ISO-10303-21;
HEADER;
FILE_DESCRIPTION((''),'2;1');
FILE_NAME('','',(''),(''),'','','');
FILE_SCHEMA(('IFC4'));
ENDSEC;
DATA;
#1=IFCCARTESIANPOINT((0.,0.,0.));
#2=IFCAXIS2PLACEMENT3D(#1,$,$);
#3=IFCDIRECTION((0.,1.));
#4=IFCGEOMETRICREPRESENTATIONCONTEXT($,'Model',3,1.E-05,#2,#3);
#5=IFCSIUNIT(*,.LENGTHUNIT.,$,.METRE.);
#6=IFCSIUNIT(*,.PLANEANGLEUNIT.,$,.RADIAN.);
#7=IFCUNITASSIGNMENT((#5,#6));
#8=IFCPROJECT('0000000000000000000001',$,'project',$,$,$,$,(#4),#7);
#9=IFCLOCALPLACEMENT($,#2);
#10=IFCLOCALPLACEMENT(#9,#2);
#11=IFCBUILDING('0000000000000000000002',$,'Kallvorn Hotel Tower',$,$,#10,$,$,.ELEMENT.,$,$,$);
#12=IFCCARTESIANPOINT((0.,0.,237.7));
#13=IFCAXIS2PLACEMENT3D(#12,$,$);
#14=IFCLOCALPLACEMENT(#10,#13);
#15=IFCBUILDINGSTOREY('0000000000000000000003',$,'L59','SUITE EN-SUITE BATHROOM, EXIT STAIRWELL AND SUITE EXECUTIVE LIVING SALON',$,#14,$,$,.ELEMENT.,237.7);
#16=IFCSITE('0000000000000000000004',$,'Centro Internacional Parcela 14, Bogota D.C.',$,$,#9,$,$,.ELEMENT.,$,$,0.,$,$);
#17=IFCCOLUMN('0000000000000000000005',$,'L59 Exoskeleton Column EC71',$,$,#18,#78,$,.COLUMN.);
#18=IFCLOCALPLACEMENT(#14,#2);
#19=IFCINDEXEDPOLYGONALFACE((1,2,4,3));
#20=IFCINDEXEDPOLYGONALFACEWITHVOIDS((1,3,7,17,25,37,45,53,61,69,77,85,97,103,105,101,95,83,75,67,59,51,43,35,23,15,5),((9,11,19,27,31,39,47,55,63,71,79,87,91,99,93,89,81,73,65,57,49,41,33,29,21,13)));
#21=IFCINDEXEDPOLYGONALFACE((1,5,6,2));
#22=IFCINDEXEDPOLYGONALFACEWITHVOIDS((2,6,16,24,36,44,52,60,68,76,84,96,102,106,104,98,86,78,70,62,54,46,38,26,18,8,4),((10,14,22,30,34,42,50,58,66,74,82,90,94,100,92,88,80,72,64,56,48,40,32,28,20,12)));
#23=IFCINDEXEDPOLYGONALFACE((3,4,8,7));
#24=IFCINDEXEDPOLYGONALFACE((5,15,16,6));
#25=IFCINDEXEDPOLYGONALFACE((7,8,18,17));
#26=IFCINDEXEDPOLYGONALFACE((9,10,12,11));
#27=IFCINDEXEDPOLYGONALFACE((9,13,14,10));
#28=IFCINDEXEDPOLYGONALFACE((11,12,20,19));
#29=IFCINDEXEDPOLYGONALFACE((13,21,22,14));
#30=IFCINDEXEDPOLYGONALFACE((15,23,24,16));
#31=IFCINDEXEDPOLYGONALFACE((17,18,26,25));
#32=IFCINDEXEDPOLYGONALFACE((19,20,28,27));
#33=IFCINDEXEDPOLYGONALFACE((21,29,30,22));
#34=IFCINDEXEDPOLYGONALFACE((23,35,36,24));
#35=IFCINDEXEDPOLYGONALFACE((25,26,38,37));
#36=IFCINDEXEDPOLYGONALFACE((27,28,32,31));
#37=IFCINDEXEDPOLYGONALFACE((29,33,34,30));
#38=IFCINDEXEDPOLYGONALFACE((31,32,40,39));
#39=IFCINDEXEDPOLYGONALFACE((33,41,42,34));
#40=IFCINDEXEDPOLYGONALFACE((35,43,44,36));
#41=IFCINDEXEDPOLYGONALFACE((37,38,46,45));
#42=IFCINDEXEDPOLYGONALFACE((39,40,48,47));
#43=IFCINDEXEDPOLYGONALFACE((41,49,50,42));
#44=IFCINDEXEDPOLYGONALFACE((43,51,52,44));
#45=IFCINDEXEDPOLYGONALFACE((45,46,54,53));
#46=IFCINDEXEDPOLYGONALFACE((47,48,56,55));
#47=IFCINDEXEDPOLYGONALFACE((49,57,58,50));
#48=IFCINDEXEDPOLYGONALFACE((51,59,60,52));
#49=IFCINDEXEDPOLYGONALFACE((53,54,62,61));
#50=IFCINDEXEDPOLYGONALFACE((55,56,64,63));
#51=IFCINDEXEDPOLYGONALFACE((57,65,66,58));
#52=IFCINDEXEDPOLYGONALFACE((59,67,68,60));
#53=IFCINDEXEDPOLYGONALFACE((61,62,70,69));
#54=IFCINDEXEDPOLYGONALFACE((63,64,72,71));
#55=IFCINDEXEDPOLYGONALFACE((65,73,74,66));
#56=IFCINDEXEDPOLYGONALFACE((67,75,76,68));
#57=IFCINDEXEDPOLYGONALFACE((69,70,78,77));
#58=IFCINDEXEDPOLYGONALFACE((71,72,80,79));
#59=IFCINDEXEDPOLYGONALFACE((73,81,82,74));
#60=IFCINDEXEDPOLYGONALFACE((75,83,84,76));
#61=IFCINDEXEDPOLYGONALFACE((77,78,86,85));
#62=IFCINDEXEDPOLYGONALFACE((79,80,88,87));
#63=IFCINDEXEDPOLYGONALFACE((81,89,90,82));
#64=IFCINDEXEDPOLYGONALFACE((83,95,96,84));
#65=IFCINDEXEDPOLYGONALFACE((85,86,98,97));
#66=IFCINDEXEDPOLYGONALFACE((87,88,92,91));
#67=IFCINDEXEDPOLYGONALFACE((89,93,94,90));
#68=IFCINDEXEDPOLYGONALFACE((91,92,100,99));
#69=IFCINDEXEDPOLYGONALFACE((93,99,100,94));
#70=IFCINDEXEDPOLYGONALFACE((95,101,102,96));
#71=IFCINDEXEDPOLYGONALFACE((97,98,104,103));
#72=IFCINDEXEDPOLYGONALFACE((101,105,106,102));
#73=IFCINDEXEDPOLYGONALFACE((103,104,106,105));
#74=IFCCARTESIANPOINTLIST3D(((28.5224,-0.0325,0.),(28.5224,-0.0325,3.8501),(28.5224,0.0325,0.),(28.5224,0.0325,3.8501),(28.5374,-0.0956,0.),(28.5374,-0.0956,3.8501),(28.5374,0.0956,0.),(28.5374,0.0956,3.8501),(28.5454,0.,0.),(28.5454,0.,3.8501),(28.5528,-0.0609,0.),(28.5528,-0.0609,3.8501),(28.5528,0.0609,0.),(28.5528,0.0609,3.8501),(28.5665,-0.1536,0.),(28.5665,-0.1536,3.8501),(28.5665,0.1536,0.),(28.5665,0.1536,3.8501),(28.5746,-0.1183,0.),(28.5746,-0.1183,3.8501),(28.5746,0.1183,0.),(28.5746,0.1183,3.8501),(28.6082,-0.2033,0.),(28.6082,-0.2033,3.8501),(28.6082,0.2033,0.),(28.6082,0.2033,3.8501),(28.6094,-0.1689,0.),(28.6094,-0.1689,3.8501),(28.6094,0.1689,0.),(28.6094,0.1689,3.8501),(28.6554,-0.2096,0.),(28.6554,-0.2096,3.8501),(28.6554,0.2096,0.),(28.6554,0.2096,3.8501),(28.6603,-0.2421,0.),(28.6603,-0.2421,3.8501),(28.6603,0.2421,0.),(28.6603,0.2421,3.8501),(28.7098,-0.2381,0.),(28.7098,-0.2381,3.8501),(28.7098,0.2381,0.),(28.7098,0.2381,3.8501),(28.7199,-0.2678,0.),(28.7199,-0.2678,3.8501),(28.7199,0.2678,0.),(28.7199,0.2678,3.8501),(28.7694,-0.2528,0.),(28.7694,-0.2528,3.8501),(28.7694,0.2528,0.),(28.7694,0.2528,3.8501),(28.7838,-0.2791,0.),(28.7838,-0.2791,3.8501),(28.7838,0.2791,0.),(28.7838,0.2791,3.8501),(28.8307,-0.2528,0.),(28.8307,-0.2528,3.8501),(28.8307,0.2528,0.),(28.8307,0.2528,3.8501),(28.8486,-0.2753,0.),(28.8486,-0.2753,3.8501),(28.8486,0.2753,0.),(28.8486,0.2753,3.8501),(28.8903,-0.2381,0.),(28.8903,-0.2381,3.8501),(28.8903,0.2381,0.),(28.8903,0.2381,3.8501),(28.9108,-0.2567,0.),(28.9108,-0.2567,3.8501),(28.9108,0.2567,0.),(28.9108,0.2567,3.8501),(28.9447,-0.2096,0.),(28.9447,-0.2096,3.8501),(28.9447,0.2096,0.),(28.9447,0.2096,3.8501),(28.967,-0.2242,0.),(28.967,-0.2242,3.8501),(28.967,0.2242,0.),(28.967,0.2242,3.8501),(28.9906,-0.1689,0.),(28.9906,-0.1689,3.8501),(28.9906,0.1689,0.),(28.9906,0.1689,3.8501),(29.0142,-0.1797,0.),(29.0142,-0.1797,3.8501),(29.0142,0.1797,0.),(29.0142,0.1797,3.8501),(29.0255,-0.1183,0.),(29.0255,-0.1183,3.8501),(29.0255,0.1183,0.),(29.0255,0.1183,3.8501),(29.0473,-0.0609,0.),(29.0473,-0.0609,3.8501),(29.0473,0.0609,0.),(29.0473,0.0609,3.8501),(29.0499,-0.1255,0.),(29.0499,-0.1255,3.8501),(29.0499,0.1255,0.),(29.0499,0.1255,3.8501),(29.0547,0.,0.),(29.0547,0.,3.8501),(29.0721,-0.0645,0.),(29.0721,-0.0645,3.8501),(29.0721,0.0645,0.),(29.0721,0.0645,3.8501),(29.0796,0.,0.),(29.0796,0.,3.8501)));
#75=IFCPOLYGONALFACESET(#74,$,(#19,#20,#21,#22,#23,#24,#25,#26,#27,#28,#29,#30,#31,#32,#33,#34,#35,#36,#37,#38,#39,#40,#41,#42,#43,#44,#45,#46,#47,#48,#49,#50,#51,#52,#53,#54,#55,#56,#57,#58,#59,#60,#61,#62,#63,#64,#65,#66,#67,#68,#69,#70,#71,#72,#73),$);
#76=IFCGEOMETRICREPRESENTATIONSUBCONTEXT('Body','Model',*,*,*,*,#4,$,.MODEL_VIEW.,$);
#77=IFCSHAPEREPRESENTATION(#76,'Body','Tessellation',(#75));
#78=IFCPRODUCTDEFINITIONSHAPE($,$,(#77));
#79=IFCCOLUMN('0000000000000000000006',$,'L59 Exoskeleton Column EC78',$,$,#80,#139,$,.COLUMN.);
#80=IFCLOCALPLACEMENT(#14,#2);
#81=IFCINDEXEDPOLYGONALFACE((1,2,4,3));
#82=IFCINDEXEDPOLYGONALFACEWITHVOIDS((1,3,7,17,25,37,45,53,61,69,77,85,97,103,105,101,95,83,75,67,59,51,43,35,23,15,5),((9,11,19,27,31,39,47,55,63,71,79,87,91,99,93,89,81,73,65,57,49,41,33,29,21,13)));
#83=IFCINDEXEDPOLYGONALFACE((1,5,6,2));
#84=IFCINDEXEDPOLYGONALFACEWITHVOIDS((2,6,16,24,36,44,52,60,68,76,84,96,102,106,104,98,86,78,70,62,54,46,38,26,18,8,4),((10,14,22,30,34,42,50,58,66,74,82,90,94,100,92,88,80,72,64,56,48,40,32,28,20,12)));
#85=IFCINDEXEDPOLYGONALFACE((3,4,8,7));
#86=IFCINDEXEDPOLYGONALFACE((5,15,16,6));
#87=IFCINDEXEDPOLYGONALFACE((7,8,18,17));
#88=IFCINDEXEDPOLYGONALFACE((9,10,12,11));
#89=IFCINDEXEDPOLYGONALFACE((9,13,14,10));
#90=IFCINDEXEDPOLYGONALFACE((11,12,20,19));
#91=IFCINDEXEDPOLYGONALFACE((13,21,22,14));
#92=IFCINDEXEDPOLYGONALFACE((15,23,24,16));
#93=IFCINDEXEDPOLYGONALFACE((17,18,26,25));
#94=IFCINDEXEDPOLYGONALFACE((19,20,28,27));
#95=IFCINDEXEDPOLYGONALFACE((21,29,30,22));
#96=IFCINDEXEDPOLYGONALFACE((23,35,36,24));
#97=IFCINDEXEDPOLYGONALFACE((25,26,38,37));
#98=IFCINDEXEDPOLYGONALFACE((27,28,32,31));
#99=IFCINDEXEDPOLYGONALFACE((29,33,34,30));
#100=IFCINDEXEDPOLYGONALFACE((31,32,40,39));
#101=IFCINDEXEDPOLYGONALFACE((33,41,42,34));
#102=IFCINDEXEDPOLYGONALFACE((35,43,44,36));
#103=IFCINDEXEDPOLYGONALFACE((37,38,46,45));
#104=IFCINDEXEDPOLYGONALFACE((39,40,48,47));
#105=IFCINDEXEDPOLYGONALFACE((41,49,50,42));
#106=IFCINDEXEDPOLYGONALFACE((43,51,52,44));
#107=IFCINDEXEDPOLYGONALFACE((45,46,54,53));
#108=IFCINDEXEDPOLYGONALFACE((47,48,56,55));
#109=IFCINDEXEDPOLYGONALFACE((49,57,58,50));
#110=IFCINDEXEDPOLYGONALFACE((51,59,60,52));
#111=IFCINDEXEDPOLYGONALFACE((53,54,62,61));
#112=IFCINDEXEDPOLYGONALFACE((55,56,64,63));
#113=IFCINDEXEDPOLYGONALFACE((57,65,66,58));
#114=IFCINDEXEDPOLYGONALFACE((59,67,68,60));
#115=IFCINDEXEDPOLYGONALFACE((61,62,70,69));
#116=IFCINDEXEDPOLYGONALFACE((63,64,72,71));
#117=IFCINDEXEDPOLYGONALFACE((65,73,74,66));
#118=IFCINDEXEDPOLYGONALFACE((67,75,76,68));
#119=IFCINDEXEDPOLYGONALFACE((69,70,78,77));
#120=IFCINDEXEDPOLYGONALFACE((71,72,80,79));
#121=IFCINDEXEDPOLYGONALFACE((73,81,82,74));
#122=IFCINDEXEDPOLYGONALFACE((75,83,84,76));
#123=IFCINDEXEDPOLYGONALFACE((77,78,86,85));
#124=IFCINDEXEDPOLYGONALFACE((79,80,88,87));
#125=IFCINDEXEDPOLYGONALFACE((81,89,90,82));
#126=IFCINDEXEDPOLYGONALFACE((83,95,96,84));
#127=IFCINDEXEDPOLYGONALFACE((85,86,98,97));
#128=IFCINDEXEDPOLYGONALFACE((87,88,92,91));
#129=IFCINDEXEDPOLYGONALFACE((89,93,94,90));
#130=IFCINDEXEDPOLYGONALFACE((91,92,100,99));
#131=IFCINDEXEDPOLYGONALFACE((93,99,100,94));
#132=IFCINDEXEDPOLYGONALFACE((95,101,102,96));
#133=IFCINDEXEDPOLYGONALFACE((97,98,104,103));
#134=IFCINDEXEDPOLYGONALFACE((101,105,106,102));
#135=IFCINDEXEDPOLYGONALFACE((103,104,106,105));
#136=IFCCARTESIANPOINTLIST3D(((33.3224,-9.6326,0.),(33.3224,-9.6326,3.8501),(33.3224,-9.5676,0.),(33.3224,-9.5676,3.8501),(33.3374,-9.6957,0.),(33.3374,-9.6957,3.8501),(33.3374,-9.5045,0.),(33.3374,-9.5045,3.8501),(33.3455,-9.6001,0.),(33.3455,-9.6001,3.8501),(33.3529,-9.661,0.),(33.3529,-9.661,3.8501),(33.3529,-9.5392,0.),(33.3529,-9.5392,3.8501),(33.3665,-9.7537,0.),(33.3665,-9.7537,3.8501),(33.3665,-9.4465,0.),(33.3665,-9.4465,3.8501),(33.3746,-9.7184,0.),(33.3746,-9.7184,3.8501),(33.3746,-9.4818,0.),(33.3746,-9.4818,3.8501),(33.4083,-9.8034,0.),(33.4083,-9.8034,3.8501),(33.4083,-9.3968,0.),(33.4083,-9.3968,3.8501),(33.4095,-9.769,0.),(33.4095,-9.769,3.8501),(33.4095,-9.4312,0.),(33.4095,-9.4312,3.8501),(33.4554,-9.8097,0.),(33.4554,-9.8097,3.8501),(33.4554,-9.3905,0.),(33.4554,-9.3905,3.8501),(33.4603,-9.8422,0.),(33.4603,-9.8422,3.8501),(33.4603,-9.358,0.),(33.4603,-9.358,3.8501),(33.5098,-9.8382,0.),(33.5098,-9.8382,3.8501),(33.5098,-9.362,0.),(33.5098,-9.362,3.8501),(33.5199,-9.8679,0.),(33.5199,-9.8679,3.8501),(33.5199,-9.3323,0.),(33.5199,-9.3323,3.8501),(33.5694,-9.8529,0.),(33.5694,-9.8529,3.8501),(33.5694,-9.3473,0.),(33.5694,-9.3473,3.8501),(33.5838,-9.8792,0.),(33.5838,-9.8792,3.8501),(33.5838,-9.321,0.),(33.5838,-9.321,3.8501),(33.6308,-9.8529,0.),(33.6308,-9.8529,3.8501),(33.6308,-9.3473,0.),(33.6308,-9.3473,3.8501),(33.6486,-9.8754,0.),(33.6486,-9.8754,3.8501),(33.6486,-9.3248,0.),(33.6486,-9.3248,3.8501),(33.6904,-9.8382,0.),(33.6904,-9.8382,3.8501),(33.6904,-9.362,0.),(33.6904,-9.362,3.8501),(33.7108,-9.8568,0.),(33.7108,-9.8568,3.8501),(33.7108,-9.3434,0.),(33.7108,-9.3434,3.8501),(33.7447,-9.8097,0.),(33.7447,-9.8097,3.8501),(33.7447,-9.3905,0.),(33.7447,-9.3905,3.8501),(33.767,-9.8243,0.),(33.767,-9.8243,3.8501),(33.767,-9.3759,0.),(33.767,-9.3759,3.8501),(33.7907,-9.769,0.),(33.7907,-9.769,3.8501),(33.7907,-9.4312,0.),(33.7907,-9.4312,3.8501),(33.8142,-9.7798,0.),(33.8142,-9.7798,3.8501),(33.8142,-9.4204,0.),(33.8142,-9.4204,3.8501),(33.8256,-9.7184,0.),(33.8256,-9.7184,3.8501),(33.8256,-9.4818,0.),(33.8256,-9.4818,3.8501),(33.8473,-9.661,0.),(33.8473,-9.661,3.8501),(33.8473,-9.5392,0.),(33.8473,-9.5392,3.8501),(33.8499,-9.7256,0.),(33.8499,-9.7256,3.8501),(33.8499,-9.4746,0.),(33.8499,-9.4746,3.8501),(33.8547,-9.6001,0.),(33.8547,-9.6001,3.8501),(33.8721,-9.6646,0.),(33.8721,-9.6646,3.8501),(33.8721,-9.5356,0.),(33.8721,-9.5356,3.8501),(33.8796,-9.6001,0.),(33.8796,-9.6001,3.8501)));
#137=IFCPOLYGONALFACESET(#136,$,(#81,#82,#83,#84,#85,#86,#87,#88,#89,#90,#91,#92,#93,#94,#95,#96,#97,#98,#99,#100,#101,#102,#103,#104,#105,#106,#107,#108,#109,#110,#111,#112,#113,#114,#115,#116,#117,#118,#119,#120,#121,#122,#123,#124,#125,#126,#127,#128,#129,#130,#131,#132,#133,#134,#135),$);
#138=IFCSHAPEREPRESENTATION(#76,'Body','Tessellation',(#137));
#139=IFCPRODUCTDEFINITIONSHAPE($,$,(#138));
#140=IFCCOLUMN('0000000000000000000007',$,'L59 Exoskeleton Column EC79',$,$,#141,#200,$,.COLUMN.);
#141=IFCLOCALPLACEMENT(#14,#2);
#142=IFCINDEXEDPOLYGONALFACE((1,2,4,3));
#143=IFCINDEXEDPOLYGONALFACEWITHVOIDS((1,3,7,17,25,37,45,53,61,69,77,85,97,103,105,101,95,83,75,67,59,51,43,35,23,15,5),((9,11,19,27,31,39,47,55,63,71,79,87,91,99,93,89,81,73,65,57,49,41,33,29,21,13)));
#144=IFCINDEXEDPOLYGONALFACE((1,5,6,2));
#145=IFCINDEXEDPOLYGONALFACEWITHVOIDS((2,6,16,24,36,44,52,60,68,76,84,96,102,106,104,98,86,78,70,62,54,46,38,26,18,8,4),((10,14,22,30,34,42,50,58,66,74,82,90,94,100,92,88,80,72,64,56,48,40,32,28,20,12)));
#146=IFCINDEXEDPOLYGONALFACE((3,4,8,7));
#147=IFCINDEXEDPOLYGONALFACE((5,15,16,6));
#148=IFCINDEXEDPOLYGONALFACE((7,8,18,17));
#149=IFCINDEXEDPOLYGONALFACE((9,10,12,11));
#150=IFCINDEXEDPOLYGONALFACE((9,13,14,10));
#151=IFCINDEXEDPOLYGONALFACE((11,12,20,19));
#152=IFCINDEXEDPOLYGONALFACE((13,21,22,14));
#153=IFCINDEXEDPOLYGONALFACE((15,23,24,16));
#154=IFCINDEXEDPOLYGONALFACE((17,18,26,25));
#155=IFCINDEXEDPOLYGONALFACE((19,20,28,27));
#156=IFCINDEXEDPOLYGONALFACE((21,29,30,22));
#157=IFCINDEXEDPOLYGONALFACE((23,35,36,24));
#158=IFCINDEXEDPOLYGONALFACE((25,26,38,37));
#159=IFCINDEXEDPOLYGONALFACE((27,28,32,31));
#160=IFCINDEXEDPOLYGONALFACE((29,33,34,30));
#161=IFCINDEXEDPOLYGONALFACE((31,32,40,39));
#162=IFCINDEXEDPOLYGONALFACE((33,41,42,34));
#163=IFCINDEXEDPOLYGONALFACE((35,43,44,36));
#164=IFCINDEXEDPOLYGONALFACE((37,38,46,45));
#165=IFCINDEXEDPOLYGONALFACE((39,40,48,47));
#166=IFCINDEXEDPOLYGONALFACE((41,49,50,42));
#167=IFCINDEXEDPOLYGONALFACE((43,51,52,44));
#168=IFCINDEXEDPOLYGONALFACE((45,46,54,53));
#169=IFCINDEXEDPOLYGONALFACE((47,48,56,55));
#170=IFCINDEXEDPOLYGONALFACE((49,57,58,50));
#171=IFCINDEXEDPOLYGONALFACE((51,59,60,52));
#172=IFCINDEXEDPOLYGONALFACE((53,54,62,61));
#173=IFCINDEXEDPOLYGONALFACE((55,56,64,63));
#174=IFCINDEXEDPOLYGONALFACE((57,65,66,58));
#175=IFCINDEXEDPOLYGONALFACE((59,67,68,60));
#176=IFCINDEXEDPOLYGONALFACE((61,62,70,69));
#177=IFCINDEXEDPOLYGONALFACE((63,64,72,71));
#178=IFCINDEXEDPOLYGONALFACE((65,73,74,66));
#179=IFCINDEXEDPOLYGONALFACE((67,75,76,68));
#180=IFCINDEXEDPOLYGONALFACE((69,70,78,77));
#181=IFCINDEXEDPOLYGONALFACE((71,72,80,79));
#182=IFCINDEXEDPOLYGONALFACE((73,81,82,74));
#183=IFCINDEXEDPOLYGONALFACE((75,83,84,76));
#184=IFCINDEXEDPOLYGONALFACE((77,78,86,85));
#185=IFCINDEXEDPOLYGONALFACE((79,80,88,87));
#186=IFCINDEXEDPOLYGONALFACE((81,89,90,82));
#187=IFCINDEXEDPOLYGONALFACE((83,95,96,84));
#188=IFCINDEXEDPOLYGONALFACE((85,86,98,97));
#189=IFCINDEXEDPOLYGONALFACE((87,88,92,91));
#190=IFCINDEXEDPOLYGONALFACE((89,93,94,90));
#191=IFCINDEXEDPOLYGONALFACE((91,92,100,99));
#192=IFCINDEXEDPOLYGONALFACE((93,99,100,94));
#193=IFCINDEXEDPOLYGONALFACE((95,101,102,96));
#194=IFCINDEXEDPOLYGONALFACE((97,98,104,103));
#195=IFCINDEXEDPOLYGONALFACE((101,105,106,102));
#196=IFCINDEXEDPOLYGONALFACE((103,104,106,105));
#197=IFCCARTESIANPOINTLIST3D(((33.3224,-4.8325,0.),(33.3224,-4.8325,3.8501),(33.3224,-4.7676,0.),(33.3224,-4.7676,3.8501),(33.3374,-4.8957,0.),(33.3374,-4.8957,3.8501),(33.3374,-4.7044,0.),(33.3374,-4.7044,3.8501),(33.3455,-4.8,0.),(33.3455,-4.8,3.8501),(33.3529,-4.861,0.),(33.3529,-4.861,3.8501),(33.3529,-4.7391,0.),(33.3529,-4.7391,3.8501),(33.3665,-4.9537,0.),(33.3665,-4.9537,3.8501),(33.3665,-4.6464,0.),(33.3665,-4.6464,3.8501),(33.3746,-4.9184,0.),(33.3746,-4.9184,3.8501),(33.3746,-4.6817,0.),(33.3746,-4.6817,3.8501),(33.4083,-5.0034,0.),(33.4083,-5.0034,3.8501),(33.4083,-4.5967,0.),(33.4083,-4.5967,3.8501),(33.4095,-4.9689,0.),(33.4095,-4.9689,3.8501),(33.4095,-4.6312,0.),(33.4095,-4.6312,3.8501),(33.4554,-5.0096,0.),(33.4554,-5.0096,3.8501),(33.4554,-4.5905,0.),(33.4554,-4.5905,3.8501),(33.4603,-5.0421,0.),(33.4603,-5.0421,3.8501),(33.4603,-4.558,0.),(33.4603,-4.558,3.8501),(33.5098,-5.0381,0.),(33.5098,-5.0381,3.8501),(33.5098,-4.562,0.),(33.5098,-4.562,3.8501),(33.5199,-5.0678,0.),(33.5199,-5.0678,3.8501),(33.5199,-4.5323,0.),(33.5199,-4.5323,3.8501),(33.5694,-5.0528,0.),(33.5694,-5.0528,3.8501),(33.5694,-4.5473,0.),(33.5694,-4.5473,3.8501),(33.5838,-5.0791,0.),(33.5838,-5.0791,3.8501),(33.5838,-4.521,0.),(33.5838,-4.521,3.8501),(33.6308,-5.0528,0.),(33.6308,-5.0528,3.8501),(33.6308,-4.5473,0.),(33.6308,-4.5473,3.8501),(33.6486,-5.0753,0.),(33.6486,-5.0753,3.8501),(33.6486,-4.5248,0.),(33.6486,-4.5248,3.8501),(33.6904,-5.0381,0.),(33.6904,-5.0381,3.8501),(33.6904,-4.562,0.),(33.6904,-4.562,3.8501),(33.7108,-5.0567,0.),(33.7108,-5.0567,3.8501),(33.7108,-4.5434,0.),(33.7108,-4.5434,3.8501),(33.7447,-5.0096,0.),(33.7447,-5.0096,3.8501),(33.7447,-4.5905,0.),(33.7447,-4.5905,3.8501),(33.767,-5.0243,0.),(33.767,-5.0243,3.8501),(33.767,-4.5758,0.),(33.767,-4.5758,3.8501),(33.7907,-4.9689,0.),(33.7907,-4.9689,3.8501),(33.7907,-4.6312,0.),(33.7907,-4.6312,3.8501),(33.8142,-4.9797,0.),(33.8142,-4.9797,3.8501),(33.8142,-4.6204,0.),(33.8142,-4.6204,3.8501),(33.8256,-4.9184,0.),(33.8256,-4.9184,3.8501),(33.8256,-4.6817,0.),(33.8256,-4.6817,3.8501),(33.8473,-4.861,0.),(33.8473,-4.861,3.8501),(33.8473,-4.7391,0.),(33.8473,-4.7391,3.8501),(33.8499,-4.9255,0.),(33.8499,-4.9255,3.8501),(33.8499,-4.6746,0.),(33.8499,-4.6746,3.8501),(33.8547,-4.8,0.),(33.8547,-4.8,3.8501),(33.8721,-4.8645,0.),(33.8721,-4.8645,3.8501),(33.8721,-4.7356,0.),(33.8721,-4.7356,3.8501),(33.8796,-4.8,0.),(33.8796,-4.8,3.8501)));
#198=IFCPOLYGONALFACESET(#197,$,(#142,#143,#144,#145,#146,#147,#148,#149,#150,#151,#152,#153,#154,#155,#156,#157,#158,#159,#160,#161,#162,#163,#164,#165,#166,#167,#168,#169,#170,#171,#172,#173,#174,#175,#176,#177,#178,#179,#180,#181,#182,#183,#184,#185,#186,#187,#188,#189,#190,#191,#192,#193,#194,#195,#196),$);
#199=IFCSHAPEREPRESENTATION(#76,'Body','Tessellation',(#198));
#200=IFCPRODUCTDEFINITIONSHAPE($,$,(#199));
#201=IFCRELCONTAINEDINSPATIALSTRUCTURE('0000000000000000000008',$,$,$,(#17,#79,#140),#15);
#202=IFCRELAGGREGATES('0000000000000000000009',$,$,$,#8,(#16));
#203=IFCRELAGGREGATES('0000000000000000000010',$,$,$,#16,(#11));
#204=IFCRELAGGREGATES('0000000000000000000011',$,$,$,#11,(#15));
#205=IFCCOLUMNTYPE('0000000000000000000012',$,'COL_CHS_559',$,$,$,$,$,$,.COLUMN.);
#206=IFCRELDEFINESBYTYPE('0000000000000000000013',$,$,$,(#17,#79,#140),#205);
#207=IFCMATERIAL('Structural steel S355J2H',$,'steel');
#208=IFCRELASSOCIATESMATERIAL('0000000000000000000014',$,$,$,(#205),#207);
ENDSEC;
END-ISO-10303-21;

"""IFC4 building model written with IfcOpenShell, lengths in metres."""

from ifc_helpers import new_model, si_unit, direction, frame, origin, origin_2d, place, context, subcontext, project, spatial, hollow_circle, extrude, material, material_profile, profile_set, type_object, element, save


model = new_model("IFC4")

# Units and contexts
model_context = context("Model", 3, precision=1e-05, world=origin(), true_north=direction((0.0, 1.0)))
body_context = subcontext(model_context, "Body", "Model", "MODEL_VIEW")
ifc_project = project(units=[si_unit("LENGTHUNIT", "METRE"), si_unit("PLANEANGLEUNIT", "RADIAN")], contexts=[model_context])

# Site, building, storey
site_placement = place(None, origin())
site = spatial("IfcSite", under=ifc_project, at=site_placement, Name="Centro Internacional Parcela 14, Bogota D.C.", CompositionType="ELEMENT", RefElevation=0.0)
building_placement = place(site_placement, origin())
building = spatial("IfcBuilding", under=site, at=building_placement, Name="Kallvorn Hotel Tower", CompositionType="ELEMENT")
storey_placement = place(building_placement, frame((0.0, 0.0, 237.7)))
storey = spatial("IfcBuildingStorey", under=building, at=storey_placement, Name="L59", Description="SUITE EN-SUITE BATHROOM, EXIT STAIRWELL AND SUITE EXECUTIVE LIVING SALON", CompositionType="ELEMENT", Elevation=237.7)

# Columns
ifc_material_1 = material(Name="Structural steel S355J2H", Category="steel")
ifc_material_profile_1 = material_profile(ifc_material_1, hollow_circle(Radius=0.2795, WallThickness=0.0249, at=origin_2d()), Name="CHS 559x25")
ifc_profile_set_1 = profile_set([ifc_material_profile_1], Name="Structural steel S355J2H")
column_type_1 = type_object("IfcColumnType", Name="COL_CHS_559", PredefinedType="COLUMN", material=ifc_profile_set_1)
for number, where, z_axis, x_axis, name in (
    (1, (28.8, 0.0, 0.0), (0.0, 0.0, 1.0), (1.0, 0.0, 0.0), "L59 Exoskeleton Column EC71"),
    (2, (33.6001, -9.6001, 0.0), (0.0, 0.0, 1.0), (1.0, 0.0, 0.0), "L59 Exoskeleton Column EC78"),
    (3, (33.6001, -4.8, 0.0), (0.0, 0.0, 1.0), (1.0, 0.0, 0.0), "L59 Exoskeleton Column EC79"),
):
    element("IfcColumn", number, at=place(storey_placement, frame(where, z_axis=z_axis, x_axis=x_axis)), inside=storey, type_object=column_type_1, Name=name, PredefinedType="COLUMN", context=body_context, shape_type="SweptSolid", body=[
        extrude(hollow_circle(Radius=0.2795, WallThickness=0.0249, at=origin_2d()), origin(), (0.0, 0.0, 1.0), 3.8501),
    ])

save(model, "model.ifc")
